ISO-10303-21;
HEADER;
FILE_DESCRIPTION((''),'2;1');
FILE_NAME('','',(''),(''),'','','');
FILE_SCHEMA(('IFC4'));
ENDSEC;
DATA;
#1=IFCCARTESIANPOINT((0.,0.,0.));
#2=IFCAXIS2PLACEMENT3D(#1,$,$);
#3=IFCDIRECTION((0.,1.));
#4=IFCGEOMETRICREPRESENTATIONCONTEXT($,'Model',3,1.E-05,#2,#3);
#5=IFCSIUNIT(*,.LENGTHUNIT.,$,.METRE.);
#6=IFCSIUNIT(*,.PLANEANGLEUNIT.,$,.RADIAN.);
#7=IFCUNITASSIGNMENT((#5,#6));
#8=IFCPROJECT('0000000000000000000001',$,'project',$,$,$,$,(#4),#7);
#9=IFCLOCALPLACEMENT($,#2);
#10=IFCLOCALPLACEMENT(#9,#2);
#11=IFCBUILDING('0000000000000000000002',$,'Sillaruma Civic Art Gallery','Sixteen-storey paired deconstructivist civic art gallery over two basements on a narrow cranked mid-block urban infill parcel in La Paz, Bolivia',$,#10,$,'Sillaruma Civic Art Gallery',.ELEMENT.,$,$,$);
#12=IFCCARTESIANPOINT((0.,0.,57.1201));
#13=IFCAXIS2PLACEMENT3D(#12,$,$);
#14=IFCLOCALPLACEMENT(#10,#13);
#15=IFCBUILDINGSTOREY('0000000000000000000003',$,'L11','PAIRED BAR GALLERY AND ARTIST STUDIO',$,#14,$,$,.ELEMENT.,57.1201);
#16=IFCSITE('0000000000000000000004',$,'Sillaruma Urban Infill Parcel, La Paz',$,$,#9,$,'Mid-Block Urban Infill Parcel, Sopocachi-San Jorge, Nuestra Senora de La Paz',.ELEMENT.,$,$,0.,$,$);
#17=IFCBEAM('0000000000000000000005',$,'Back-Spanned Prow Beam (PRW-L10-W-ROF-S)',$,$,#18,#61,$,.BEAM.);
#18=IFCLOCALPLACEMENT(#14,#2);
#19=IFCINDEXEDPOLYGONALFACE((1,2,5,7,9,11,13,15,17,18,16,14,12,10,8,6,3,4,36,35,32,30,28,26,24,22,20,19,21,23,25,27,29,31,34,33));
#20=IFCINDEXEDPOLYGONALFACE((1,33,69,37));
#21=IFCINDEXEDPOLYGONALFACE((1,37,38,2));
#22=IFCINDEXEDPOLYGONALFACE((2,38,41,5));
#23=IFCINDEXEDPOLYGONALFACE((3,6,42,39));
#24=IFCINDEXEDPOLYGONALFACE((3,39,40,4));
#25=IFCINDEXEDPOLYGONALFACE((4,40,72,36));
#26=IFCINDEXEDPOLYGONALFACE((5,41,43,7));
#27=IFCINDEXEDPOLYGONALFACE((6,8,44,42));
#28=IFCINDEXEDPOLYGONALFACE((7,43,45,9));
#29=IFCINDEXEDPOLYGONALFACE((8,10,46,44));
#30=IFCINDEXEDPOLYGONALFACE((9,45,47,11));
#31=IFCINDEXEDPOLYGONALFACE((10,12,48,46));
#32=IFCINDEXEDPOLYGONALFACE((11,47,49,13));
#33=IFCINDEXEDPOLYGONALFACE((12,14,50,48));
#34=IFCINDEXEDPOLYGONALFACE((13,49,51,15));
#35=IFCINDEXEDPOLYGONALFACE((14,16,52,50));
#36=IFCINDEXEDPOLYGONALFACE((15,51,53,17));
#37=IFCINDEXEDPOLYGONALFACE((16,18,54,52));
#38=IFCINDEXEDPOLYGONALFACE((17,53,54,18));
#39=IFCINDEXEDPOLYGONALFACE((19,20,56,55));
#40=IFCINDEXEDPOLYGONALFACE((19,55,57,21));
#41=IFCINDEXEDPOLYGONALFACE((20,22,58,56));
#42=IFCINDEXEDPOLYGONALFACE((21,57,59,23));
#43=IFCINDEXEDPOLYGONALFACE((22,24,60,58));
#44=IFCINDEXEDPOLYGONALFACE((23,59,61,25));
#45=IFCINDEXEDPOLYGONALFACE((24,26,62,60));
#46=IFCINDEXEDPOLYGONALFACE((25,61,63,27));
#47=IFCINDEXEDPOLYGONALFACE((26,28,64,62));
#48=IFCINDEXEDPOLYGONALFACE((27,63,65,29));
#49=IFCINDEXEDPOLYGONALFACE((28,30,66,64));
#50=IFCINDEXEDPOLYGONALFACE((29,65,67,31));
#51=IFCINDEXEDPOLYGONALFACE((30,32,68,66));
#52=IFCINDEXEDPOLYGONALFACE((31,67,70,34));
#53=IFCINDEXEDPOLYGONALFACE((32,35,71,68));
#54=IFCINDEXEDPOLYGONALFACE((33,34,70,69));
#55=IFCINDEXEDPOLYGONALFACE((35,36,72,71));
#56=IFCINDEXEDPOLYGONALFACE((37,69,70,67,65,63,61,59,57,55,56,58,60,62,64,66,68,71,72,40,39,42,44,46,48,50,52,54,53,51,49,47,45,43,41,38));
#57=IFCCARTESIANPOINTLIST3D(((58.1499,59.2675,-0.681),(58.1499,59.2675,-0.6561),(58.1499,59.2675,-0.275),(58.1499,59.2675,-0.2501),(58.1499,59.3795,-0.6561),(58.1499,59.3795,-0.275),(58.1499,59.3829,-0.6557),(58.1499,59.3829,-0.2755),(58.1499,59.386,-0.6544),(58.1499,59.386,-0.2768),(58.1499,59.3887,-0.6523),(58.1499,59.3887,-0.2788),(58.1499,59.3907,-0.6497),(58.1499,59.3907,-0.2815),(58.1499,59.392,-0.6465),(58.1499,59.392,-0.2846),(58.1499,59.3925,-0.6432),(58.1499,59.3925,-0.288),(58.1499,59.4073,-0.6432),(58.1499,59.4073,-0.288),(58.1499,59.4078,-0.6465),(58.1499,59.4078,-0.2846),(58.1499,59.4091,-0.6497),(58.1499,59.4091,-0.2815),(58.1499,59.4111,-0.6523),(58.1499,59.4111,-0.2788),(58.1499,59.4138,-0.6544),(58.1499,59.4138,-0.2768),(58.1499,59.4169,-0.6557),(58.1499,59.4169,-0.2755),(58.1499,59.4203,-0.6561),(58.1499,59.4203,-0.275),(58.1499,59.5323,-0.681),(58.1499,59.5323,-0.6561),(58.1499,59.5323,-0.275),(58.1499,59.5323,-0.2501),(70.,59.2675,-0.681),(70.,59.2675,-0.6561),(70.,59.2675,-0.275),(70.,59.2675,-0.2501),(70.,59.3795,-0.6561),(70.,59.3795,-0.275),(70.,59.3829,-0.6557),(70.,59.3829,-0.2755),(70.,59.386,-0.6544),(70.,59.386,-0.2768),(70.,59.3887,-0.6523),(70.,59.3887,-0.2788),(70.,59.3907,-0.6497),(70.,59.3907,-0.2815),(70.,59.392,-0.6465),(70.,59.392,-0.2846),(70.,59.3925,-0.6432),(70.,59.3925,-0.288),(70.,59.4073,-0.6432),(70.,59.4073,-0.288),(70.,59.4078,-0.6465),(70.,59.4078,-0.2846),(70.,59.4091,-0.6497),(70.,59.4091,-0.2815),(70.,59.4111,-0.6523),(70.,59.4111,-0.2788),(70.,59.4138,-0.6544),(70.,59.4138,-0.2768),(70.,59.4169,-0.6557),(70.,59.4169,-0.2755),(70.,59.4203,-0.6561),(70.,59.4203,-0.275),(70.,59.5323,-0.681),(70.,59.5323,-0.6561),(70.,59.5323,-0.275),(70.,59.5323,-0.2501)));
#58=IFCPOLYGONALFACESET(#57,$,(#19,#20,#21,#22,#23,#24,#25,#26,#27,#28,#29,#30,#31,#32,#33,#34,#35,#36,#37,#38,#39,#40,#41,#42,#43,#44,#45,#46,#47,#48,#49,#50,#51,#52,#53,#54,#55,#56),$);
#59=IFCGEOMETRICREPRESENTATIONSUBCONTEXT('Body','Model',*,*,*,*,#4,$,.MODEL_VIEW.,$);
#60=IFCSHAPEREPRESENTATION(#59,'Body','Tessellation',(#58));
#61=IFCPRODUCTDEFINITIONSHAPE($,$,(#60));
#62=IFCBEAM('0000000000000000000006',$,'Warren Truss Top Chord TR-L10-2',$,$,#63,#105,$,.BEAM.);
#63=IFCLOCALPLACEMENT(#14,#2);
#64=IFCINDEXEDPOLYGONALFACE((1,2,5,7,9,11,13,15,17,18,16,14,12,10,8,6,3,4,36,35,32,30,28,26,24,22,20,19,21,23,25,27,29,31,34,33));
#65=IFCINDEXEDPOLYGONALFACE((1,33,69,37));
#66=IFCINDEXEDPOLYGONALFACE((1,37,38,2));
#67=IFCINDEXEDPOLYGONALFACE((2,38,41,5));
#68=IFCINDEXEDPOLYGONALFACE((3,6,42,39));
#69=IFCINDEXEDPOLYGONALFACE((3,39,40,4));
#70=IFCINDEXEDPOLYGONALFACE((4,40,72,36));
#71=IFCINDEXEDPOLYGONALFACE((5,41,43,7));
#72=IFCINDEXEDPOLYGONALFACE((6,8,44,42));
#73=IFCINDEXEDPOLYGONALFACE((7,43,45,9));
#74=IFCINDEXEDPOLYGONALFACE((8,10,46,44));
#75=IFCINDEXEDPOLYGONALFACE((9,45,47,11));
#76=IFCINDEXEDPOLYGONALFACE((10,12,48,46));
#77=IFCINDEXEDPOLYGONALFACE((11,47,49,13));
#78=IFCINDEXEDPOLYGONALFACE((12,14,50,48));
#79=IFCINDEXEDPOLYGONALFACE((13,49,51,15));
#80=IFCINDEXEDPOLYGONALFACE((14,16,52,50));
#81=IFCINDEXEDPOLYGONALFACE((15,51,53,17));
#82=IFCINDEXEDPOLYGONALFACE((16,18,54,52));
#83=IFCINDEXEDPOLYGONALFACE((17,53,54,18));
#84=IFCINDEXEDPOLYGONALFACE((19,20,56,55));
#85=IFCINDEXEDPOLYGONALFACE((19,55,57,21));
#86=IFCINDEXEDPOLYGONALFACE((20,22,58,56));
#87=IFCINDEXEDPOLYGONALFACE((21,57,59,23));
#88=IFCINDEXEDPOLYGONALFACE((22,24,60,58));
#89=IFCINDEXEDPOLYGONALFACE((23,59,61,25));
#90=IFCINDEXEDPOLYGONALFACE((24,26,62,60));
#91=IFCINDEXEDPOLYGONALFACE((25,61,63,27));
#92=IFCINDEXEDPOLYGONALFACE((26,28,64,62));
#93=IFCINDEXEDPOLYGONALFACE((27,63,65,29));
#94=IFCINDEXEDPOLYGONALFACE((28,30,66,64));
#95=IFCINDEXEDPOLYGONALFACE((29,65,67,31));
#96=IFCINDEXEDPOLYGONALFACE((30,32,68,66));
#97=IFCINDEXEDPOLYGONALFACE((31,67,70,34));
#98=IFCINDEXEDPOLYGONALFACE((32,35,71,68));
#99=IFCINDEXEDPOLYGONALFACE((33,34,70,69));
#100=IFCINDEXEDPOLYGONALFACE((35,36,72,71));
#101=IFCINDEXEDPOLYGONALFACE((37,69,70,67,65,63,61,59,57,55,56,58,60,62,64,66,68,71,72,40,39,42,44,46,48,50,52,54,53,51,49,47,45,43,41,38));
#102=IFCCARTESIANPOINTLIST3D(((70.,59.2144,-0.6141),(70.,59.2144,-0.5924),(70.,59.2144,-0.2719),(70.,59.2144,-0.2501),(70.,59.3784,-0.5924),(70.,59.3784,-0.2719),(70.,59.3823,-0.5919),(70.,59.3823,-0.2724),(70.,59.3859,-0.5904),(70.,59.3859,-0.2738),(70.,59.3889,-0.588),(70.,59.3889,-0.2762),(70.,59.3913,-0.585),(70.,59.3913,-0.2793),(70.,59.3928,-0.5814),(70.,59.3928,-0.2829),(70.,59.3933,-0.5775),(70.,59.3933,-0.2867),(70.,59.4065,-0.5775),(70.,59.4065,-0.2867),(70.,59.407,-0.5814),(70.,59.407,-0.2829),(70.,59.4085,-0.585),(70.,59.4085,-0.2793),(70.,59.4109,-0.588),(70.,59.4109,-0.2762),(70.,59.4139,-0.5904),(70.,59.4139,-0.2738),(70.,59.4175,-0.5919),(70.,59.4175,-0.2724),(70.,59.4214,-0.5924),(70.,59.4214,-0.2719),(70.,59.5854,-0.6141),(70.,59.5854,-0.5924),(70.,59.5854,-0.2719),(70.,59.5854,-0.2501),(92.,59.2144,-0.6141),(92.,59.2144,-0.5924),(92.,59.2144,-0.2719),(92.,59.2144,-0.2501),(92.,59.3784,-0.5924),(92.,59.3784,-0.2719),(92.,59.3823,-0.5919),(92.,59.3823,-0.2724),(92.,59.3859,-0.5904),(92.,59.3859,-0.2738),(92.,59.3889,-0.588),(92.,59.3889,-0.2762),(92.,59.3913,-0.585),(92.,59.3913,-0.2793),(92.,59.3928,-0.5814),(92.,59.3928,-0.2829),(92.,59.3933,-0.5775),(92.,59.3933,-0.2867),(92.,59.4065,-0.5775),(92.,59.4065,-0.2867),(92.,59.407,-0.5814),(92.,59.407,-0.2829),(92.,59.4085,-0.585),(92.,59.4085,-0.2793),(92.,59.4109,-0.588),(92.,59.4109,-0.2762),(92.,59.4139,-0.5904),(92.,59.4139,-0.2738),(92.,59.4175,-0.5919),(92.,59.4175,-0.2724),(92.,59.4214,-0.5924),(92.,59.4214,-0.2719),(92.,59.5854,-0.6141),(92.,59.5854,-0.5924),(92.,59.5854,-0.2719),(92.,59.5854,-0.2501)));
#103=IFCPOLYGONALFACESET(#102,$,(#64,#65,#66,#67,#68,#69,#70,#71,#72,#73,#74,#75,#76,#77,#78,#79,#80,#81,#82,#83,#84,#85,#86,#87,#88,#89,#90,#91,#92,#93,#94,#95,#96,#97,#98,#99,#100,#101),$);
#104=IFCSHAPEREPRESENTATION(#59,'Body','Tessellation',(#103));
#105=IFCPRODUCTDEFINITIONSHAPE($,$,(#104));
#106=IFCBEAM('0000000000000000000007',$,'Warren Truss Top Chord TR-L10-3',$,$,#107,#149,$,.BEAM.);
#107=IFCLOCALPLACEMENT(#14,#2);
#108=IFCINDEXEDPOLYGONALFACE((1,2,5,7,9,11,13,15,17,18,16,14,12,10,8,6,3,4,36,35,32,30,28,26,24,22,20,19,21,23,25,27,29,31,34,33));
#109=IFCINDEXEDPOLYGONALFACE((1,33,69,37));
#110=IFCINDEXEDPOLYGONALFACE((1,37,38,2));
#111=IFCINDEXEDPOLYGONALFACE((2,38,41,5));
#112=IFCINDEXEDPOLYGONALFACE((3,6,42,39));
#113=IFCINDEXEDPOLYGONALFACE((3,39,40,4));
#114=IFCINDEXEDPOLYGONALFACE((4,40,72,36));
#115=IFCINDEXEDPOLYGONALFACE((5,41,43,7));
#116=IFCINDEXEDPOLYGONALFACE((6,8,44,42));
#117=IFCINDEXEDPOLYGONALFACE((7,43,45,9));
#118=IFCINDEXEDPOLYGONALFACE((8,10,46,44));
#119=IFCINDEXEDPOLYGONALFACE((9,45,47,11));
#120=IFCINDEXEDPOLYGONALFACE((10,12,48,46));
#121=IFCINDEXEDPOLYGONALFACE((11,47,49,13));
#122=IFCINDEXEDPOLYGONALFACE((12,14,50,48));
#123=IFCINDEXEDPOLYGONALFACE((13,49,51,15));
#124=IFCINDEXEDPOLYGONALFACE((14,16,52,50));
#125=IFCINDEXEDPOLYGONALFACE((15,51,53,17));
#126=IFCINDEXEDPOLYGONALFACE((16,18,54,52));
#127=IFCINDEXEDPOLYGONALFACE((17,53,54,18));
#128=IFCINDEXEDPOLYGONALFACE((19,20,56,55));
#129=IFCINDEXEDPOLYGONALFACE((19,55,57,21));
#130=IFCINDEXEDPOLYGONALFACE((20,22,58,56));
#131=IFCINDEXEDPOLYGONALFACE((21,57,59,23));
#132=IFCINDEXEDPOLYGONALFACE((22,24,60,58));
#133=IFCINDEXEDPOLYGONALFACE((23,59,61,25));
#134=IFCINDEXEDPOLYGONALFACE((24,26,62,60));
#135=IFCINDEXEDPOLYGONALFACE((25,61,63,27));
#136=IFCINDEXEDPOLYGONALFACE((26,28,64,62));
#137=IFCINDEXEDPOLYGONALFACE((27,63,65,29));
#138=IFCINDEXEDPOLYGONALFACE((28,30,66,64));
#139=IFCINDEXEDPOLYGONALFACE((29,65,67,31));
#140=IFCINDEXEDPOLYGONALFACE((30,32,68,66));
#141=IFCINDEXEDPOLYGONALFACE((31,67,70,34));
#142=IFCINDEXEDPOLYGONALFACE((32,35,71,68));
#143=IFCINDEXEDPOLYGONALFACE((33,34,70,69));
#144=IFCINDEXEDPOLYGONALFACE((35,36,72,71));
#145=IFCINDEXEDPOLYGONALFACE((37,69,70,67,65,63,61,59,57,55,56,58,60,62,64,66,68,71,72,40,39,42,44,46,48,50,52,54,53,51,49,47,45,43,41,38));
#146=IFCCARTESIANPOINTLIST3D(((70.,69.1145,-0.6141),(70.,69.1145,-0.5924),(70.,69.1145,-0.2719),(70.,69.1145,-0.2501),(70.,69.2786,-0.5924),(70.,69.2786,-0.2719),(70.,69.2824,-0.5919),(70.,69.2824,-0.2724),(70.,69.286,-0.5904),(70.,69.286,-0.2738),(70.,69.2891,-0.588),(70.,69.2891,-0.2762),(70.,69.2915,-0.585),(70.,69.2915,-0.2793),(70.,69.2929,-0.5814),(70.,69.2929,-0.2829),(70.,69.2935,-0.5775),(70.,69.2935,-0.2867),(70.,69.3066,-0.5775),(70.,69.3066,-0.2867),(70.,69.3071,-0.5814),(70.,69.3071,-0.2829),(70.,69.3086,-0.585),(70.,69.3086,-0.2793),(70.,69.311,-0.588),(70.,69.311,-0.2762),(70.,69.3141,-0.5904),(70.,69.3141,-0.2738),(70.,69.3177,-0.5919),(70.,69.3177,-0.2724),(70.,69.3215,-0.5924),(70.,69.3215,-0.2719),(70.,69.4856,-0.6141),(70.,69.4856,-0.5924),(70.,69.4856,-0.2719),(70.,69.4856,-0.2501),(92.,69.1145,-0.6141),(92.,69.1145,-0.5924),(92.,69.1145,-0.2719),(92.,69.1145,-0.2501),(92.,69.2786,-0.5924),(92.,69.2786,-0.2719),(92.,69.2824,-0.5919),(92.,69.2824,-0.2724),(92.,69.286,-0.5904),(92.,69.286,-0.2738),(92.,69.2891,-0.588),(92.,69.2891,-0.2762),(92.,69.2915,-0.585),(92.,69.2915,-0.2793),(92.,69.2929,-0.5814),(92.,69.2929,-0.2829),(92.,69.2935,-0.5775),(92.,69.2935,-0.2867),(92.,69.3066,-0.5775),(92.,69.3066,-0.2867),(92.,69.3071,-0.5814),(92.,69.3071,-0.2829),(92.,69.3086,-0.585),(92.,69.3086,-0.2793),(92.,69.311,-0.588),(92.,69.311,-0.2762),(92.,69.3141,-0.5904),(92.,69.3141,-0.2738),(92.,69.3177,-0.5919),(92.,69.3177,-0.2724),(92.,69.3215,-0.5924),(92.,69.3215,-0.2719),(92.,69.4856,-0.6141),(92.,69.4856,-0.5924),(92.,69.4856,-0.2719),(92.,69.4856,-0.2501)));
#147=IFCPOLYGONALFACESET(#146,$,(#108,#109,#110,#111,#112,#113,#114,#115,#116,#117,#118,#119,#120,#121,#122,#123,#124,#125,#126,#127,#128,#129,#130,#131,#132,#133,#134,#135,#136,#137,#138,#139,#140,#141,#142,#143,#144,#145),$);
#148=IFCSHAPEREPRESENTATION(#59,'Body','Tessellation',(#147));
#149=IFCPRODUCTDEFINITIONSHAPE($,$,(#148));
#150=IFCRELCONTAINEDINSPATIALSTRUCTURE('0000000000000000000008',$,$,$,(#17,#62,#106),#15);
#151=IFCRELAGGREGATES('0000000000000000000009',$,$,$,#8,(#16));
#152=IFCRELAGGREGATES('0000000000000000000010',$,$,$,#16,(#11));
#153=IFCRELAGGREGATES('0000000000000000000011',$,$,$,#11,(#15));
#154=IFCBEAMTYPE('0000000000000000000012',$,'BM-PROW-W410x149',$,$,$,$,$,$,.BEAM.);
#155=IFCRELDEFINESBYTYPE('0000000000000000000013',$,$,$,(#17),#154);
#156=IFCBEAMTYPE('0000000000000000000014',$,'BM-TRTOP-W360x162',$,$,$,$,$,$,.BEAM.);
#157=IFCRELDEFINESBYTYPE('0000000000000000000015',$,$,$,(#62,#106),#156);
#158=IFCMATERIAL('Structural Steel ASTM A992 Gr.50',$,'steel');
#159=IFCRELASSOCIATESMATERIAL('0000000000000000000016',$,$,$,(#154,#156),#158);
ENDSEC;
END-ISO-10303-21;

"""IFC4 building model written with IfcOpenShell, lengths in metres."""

from ifc_helpers import new_model, si_unit, direction, frame, origin, origin_2d, place, context, subcontext, project, spatial, i_section, extrude, material, material_profile, profile_set, type_object, element, save


model = new_model("IFC4")

# Units and contexts
model_context = context("Model", 3, precision=1e-05, world=origin(), true_north=direction((0.0, 1.0)))
body_context = subcontext(model_context, "Body", "Model", "MODEL_VIEW")
ifc_project = project(units=[si_unit("LENGTHUNIT", "METRE"), si_unit("PLANEANGLEUNIT", "RADIAN")], contexts=[model_context])

# Site, building, storey
site_placement = place(None, origin())
site = spatial("IfcSite", under=ifc_project, at=site_placement, Name="Sillaruma Urban Infill Parcel, La Paz", LongName="Mid-Block Urban Infill Parcel, Sopocachi-San Jorge, Nuestra Senora de La Paz", CompositionType="ELEMENT", RefElevation=0.0)
building_placement = place(site_placement, origin())
building = spatial("IfcBuilding", under=site, at=building_placement, Name="Sillaruma Civic Art Gallery", Description="Sixteen-storey paired deconstructivist civic art gallery over two basements on a narrow cranked mid-block urban infill parcel in La Paz, Bolivia", LongName="Sillaruma Civic Art Gallery", CompositionType="ELEMENT")
storey_placement = place(building_placement, frame((0.0, 0.0, 57.1201)))
storey = spatial("IfcBuildingStorey", under=building, at=storey_placement, Name="L11", Description="PAIRED BAR GALLERY AND ARTIST STUDIO", CompositionType="ELEMENT", Elevation=57.1201)

# Beams
ifc_material_1 = material(Name="Structural Steel ASTM A992 Gr.50", Category="steel")
ifc_material_profile_1 = material_profile(ifc_material_1, i_section(OverallWidth=0.2649, OverallDepth=0.4309, WebThickness=0.0149, FlangeThickness=0.0249, FilletRadius=0.0129, at=origin_2d()), Name="W410x149")
ifc_profile_set_1 = profile_set([ifc_material_profile_1], Name="Structural Steel ASTM A992 Gr.50")
beam_type_1 = type_object("IfcBeamType", Name="BM-PROW-W410x149", PredefinedType="BEAM", material=ifc_profile_set_1)
beam_1_placement = place(storey_placement, frame((70.0, 59.3999, -0.4656), z_axis=(-1.0, 0.0, 0.0), x_axis=(0.0, -1.0, 0.0)))
element("IfcBeam", 1, at=beam_1_placement, inside=storey, type_object=beam_type_1, Name="Back-Spanned Prow Beam (PRW-L10-W-ROF-S)", PredefinedType="BEAM", context=body_context, shape_type="SweptSolid", body=[
    extrude(i_section(OverallWidth=0.2649, OverallDepth=0.4309, WebThickness=0.0149, FlangeThickness=0.0249, FilletRadius=0.0129, at=origin_2d()), origin(), (0.0, 0.0, 1.0), 11.8501),
])
ifc_material_profile_2 = material_profile(ifc_material_1, i_section(OverallWidth=0.3711, OverallDepth=0.364, WebThickness=0.0132, FlangeThickness=0.0217, FilletRadius=0.0149, at=origin_2d()), Name="W360x162")
ifc_profile_set_2 = profile_set([ifc_material_profile_2], Name="Structural Steel ASTM A992 Gr.50")
beam_type_2 = type_object("IfcBeamType", Name="BM-TRTOP-W360x162", PredefinedType="BEAM", material=ifc_profile_set_2)
for number, where, z_axis, x_axis, name in (
    (2, (70.0, 59.3999, -0.4321), (1.0, 0.0, 0.0), (0.0, 1.0, 0.0), "Warren Truss Top Chord TR-L10-2"),
    (3, (70.0, 69.3, -0.4321), (1.0, 0.0, 0.0), (0.0, 1.0, 0.0), "Warren Truss Top Chord TR-L10-3"),
):
    element("IfcBeam", number, at=place(storey_placement, frame(where, z_axis=z_axis, x_axis=x_axis)), inside=storey, type_object=beam_type_2, Name=name, PredefinedType="BEAM", context=body_context, shape_type="SweptSolid", body=[
        extrude(i_section(OverallWidth=0.3711, OverallDepth=0.364, WebThickness=0.0132, FlangeThickness=0.0217, FilletRadius=0.0149, at=origin_2d()), origin(), (0.0, 0.0, 1.0), 22.0),
    ])

save(model, "model.ifc")
